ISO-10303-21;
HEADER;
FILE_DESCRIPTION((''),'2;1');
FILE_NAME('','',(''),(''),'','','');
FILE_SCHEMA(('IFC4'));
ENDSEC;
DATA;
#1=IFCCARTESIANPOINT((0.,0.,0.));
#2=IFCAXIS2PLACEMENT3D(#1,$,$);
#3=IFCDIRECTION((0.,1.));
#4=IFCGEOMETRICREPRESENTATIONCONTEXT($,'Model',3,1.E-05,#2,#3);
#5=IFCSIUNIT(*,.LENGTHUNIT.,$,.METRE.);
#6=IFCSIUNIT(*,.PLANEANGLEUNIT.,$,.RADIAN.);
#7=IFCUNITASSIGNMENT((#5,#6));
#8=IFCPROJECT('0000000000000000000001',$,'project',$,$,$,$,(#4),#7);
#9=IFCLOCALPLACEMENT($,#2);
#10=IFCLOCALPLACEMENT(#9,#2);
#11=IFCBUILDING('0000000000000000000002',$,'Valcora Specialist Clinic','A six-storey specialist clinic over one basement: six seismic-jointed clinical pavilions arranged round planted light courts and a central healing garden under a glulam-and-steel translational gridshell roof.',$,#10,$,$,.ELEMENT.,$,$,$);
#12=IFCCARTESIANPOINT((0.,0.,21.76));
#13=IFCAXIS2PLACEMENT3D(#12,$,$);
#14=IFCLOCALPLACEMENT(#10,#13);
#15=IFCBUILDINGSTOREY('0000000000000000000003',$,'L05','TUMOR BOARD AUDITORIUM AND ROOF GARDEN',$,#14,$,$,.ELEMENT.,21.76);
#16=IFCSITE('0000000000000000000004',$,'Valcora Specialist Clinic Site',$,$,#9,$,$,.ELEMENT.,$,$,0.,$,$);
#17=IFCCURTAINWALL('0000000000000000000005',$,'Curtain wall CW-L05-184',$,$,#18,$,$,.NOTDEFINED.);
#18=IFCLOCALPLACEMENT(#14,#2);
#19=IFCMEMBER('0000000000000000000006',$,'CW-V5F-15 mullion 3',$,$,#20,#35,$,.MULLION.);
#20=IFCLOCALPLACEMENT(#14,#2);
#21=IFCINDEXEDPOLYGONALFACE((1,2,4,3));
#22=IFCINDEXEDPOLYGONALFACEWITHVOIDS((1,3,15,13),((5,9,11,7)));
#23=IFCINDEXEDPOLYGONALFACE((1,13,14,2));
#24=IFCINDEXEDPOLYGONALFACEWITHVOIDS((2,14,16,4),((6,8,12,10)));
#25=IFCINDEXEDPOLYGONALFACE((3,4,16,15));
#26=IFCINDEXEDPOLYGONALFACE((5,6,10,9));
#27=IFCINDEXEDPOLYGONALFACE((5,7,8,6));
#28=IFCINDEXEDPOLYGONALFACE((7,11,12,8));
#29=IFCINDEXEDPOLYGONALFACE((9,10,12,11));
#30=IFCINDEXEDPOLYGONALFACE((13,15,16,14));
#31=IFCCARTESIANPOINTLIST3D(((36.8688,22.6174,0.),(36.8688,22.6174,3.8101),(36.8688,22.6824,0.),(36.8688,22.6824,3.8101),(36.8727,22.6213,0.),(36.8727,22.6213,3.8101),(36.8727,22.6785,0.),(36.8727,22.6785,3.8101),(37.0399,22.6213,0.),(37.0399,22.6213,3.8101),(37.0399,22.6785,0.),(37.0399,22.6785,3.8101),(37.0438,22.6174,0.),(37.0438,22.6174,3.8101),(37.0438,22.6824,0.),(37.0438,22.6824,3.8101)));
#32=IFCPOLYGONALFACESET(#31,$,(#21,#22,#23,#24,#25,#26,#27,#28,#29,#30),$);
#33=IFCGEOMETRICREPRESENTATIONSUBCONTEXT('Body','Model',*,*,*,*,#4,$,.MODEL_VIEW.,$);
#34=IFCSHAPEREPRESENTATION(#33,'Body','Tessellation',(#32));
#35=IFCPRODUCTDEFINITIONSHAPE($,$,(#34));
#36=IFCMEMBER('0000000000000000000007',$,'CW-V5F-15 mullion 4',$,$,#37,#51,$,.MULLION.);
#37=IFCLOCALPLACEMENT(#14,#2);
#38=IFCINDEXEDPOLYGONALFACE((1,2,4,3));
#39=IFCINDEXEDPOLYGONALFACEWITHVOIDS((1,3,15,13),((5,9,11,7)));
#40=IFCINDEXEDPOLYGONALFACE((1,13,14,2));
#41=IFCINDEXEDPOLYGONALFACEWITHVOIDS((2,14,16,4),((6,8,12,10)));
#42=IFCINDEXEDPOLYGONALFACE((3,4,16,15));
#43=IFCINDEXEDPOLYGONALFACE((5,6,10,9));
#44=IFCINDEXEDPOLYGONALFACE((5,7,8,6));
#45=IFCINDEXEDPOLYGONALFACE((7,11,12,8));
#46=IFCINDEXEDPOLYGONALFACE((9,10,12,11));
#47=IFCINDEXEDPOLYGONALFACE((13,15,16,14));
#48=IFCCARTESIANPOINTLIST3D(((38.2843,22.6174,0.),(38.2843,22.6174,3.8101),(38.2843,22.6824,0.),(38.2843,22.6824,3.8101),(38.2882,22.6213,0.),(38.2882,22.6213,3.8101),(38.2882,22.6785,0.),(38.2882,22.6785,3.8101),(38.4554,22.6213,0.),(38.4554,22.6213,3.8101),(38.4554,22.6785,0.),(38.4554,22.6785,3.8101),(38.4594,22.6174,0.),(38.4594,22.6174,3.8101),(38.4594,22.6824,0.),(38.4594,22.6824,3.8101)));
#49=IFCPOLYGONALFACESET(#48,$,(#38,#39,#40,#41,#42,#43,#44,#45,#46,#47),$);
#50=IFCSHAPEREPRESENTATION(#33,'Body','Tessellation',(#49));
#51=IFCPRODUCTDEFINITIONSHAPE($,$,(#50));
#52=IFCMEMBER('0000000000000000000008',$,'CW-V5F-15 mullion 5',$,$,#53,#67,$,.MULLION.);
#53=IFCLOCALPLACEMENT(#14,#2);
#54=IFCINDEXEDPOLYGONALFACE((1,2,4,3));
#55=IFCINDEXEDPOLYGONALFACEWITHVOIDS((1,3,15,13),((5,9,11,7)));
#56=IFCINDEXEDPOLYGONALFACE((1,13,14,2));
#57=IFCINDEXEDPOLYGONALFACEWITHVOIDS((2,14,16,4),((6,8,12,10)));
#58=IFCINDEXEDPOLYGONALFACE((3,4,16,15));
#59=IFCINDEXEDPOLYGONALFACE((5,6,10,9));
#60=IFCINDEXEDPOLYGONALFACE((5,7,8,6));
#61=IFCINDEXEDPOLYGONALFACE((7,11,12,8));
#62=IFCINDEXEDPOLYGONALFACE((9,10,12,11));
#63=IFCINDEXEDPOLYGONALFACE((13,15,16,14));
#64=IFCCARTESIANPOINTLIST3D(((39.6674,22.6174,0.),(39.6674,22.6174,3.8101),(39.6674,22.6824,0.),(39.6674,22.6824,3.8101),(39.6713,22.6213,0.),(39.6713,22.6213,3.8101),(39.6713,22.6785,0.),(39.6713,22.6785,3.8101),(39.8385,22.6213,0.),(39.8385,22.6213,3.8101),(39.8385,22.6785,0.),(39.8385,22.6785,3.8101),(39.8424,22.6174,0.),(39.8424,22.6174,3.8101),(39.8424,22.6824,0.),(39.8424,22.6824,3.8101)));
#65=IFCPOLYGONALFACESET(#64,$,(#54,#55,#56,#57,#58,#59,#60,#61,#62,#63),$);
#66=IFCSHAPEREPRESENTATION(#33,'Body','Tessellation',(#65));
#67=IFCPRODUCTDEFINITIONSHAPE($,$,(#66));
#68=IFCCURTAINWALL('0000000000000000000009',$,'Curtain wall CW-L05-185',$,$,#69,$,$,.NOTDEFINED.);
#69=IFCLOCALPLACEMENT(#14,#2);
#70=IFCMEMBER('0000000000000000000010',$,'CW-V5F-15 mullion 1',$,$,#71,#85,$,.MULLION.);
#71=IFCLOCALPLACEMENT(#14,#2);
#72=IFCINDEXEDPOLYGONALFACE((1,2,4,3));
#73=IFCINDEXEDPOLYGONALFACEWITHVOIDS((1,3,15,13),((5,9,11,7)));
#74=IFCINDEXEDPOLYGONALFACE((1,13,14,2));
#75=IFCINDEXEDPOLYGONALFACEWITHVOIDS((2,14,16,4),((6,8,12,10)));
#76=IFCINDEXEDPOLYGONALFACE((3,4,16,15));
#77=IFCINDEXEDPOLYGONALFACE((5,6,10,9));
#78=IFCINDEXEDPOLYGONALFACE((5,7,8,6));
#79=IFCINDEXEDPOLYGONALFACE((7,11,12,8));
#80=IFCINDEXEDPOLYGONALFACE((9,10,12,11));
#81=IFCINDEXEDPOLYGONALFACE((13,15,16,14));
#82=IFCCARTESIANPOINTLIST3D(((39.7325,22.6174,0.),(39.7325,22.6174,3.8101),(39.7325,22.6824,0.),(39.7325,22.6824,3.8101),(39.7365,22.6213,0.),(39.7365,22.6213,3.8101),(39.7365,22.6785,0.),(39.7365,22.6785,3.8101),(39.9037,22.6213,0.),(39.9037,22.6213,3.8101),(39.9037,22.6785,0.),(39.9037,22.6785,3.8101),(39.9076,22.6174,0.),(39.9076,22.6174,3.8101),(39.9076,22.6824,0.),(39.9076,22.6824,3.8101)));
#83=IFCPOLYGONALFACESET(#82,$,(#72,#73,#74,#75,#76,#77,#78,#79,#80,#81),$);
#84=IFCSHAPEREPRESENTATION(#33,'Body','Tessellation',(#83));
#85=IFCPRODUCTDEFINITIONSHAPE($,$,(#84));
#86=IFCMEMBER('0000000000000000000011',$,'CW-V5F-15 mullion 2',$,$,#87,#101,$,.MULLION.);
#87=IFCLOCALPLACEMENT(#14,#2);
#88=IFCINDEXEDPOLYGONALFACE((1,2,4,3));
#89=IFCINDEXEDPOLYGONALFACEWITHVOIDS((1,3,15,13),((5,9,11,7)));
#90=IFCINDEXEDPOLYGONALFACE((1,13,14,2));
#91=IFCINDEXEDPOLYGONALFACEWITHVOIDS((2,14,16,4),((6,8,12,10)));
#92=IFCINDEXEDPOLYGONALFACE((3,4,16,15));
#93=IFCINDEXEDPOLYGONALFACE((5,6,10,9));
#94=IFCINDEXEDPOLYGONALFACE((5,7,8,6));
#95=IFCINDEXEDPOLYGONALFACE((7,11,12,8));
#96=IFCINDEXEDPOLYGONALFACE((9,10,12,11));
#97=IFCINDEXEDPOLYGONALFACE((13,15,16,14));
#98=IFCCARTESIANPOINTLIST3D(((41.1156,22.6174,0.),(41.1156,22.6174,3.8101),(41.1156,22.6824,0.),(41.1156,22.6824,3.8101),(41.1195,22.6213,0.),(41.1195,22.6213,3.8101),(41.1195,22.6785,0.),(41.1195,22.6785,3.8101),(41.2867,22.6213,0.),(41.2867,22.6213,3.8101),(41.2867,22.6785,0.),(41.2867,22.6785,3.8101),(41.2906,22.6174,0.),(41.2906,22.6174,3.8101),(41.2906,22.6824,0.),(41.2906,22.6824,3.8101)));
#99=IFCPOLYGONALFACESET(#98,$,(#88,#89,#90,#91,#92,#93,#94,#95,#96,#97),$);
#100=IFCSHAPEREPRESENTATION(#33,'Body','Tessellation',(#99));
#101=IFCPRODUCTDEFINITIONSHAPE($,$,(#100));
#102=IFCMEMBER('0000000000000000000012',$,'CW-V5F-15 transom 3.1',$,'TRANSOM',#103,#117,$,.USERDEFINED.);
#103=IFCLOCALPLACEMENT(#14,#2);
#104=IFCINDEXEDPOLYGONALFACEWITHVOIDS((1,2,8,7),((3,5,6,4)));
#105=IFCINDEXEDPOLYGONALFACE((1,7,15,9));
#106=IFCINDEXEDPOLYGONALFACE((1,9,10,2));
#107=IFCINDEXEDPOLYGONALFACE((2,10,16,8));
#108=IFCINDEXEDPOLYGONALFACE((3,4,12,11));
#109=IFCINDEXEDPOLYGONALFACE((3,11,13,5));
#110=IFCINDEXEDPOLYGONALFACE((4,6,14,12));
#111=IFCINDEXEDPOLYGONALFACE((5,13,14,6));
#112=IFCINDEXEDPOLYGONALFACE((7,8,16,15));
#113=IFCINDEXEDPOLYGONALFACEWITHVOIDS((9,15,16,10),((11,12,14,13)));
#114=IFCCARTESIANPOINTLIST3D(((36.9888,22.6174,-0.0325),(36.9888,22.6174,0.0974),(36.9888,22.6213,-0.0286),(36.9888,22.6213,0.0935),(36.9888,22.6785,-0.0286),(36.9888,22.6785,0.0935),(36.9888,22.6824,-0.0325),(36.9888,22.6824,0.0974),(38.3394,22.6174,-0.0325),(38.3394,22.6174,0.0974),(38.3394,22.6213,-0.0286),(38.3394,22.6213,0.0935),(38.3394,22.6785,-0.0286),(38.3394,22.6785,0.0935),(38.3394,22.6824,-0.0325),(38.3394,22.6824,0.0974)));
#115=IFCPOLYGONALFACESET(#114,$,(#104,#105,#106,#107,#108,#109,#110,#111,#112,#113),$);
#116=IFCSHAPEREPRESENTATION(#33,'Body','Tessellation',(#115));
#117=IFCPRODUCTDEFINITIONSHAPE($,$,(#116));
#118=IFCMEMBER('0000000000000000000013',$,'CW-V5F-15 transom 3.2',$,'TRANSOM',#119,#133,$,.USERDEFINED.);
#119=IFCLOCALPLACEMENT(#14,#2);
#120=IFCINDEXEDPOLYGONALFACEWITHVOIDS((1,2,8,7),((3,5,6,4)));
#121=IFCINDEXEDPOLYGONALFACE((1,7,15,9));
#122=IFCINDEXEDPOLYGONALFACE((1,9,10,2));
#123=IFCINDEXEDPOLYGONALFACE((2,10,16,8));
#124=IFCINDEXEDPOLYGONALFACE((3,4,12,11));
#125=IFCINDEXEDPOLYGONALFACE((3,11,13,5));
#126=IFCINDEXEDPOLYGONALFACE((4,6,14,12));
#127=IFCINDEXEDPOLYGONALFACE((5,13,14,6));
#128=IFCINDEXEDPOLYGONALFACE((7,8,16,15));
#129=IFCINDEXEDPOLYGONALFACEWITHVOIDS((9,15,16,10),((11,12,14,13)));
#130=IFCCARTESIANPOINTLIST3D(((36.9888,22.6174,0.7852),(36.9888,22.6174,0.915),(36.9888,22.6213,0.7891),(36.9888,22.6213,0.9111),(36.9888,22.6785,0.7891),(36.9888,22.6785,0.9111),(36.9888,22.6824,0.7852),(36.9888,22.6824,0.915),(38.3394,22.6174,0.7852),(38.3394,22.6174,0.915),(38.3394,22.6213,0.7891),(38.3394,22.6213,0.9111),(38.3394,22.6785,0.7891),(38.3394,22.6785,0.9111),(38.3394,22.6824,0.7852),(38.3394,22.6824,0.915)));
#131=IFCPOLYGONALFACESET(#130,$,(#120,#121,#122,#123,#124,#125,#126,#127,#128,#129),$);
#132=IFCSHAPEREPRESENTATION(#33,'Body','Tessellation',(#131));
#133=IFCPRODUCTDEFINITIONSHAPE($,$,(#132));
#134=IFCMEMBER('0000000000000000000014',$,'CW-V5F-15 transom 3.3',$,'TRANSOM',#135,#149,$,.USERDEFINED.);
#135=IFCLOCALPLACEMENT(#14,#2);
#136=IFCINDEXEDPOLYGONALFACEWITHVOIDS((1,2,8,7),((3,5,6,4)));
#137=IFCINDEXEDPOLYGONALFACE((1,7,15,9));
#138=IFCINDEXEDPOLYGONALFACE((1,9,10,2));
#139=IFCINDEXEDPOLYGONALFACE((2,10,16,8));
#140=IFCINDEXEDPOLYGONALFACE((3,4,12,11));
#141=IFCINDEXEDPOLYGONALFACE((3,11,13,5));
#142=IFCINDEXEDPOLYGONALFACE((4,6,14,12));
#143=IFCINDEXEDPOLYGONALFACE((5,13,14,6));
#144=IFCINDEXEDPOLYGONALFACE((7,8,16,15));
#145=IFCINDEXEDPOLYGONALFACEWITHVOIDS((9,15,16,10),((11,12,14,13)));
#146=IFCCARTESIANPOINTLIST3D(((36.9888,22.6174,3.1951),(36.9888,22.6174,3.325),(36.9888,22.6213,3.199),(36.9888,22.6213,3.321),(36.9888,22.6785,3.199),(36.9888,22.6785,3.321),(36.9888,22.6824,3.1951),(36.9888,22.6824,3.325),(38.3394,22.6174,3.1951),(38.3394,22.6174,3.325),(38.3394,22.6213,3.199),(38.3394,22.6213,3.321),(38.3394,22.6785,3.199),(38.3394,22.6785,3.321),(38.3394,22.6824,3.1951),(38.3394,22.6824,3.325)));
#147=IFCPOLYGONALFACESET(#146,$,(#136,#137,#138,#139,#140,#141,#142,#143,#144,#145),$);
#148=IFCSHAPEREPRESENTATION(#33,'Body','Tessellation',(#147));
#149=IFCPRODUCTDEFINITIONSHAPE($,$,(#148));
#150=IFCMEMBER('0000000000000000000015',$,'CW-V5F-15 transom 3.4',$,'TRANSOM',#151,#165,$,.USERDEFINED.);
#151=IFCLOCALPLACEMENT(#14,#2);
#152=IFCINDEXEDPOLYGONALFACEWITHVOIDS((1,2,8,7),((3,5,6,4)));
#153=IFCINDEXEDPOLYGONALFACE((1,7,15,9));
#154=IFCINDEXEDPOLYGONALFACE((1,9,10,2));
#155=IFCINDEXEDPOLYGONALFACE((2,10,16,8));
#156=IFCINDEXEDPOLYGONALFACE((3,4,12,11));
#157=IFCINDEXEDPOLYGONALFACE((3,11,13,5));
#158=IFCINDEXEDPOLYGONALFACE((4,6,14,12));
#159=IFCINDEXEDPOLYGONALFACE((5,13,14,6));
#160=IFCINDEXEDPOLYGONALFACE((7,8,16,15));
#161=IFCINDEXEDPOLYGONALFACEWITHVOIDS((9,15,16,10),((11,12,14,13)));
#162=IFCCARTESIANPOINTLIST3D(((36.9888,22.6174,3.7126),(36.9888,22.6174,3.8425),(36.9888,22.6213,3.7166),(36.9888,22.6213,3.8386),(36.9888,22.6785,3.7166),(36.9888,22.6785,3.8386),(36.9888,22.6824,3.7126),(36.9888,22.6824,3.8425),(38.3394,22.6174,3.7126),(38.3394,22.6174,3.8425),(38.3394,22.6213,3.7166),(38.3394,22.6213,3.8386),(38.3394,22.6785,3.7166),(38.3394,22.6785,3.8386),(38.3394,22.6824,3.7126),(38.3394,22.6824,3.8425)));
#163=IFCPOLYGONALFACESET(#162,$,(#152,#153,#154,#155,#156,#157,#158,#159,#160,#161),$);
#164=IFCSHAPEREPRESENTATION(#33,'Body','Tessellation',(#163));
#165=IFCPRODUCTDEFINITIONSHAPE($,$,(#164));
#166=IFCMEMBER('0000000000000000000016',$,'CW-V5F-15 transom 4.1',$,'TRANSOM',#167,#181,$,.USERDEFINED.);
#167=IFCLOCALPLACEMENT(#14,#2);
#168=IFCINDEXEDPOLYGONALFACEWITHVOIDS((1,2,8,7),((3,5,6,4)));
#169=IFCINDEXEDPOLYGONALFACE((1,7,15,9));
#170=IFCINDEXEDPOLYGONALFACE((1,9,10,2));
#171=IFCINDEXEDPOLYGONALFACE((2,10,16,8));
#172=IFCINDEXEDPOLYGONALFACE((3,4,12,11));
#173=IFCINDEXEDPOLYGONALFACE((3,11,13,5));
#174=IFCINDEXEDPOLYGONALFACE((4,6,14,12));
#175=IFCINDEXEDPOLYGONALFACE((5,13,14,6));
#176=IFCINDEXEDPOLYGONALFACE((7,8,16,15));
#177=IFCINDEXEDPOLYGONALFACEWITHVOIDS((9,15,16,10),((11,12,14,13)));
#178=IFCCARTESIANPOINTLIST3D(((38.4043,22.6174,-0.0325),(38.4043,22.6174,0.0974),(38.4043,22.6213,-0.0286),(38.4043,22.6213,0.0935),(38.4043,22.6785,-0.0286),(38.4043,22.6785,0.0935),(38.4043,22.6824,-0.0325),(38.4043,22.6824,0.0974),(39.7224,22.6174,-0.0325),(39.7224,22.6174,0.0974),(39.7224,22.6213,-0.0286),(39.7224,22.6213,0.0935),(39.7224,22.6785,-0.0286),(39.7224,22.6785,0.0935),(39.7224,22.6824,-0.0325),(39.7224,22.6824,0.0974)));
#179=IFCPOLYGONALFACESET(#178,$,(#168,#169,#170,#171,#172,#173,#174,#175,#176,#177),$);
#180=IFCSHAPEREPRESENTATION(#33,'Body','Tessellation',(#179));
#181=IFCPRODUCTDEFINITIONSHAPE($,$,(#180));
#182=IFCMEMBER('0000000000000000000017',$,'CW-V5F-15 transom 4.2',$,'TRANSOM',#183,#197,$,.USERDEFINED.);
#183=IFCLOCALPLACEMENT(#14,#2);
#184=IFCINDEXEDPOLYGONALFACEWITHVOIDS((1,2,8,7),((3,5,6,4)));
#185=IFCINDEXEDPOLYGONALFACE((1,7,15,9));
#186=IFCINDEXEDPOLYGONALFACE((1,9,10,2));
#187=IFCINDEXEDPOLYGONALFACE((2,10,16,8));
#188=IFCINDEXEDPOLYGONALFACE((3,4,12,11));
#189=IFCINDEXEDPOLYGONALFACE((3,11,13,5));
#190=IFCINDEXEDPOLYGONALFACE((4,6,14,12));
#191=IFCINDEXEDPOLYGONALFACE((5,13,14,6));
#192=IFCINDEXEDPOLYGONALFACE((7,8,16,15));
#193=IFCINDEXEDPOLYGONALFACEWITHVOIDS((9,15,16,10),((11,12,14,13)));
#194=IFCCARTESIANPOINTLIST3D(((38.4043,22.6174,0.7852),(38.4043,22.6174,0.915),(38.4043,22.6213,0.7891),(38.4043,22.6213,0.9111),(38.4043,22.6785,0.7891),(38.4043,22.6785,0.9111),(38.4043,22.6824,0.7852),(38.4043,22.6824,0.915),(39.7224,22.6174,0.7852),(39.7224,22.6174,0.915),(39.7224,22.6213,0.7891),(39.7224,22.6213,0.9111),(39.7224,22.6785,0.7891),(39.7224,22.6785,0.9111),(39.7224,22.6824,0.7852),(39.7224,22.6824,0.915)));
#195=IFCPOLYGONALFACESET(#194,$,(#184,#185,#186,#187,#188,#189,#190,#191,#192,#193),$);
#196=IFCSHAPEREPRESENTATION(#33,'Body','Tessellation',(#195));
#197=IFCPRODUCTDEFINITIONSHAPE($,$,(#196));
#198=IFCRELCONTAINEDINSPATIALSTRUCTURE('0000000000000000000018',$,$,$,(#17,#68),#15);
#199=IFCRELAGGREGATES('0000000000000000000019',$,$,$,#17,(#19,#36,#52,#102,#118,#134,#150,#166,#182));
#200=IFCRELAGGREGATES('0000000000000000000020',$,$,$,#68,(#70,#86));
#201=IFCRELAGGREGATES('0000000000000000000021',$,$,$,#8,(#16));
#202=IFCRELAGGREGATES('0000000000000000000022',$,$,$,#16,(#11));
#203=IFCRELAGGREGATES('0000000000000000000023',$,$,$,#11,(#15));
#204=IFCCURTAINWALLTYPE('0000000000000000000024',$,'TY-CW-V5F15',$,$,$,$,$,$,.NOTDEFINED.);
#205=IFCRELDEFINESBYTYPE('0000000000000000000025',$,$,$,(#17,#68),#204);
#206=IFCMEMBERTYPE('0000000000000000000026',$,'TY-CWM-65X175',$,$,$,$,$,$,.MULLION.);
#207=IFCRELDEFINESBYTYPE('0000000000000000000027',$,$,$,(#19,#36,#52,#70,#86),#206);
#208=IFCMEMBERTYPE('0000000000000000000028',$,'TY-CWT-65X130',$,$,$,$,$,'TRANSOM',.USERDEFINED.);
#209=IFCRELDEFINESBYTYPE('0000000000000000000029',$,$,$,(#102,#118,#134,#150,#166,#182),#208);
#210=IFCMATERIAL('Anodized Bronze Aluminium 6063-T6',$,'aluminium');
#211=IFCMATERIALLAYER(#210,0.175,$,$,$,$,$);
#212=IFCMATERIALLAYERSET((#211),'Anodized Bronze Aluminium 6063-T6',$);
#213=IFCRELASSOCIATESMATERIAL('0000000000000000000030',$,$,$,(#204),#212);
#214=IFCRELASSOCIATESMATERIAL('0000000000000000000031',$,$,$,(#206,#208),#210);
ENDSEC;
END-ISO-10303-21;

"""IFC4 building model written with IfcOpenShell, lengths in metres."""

from ifc_helpers import new_model, si_unit, direction, frame, origin, origin_2d, place, context, subcontext, project, spatial, hollow_rectangle, extrude, material, layer, layer_set, material_profile, profile_set, type_object, element, aggregate, save


model = new_model("IFC4")

# Units and contexts
model_context = context("Model", 3, precision=1e-05, world=origin(), true_north=direction((0.0, 1.0)))
body_context = subcontext(model_context, "Body", "Model", "MODEL_VIEW")
ifc_project = project(units=[si_unit("LENGTHUNIT", "METRE"), si_unit("PLANEANGLEUNIT", "RADIAN")], contexts=[model_context])

# Site, building, storey
site_placement = place(None, origin())
site = spatial("IfcSite", under=ifc_project, at=site_placement, Name="Valcora Specialist Clinic Site", CompositionType="ELEMENT", RefElevation=0.0)
building_placement = place(site_placement, origin())
building = spatial("IfcBuilding", under=site, at=building_placement, Name="Valcora Specialist Clinic", Description="A six-storey specialist clinic over one basement: six seismic-jointed clinical pavilions arranged round planted light courts and a central healing garden under a glulam-and-steel translational gridshell roof.", CompositionType="ELEMENT")
storey_placement = place(building_placement, frame((0.0, 0.0, 21.76)))
storey = spatial("IfcBuildingStorey", under=building, at=storey_placement, Name="L05", Description="TUMOR BOARD AUDITORIUM AND ROOF GARDEN", CompositionType="ELEMENT", Elevation=21.76)

# Curtain walls, members
ifc_material_1 = material(Name="Anodized Bronze Aluminium 6063-T6", Category="aluminium")
ifc_layer_1 = layer(ifc_material_1, 0.175)
ifc_layer_set_1 = layer_set([ifc_layer_1], Name="Anodized Bronze Aluminium 6063-T6")
curtain_wall_type = type_object("IfcCurtainWallType", Name="TY-CW-V5F15", PredefinedType="NOTDEFINED", material=ifc_layer_set_1)
curtain_wall_1_placement = place(storey_placement, origin())
curtain_wall_1 = element("IfcCurtainWall", 1, at=curtain_wall_1_placement, inside=storey, type_object=curtain_wall_type, Name="Curtain wall CW-L05-184", PredefinedType="NOTDEFINED")
ifc_material_profile_1 = material_profile(ifc_material_1, hollow_rectangle(XDim=0.0649, YDim=0.175, WallThickness=0.0039, at=origin_2d()), Name="AL-MUL-65X175")
ifc_profile_set_1 = profile_set([ifc_material_profile_1], Name="Anodized Bronze Aluminium 6063-T6")
member_type_1 = type_object("IfcMemberType", Name="TY-CWM-65X175", PredefinedType="MULLION", material=ifc_profile_set_1)
member_1_placement = place(storey_placement, frame((36.9563, 22.6499, 0.0), z_axis=(0.0, 0.0, 1.0), x_axis=(0.0, 1.0, 0.0)))
member_1 = element("IfcMember", 2, at=member_1_placement, type_object=member_type_1, Name="CW-V5F-15 mullion 3", PredefinedType="MULLION", context=body_context, shape_type="SweptSolid", body=[
    extrude(hollow_rectangle(XDim=0.0649, YDim=0.175, WallThickness=0.0039, at=origin_2d()), origin(), (0.0, 0.0, 1.0), 3.8101),
])
member_2_placement = place(storey_placement, frame((38.3718, 22.6499, 0.0), z_axis=(0.0, 0.0, 1.0), x_axis=(0.0, 1.0, 0.0)))
member_2 = element("IfcMember", 3, at=member_2_placement, type_object=member_type_1, Name="CW-V5F-15 mullion 4", PredefinedType="MULLION", context=body_context, shape_type="SweptSolid", body=[
    extrude(hollow_rectangle(XDim=0.0649, YDim=0.175, WallThickness=0.0039, at=origin_2d()), origin(), (0.0, 0.0, 1.0), 3.8101),
])
member_3_placement = place(storey_placement, frame((39.7549, 22.6499, 0.0), z_axis=(0.0, 0.0, 1.0), x_axis=(0.0, 1.0, 0.0)))
member_3 = element("IfcMember", 4, at=member_3_placement, type_object=member_type_1, Name="CW-V5F-15 mullion 5", PredefinedType="MULLION", context=body_context, shape_type="SweptSolid", body=[
    extrude(hollow_rectangle(XDim=0.0649, YDim=0.175, WallThickness=0.0039, at=origin_2d()), origin(), (0.0, 0.0, 1.0), 3.8101),
])
curtain_wall_2_placement = place(storey_placement, origin())
curtain_wall_2 = element("IfcCurtainWall", 5, at=curtain_wall_2_placement, inside=storey, type_object=curtain_wall_type, Name="Curtain wall CW-L05-185", PredefinedType="NOTDEFINED")
member_4_placement = place(storey_placement, frame((39.8201, 22.6499, 0.0), z_axis=(0.0, 0.0, 1.0), x_axis=(0.0, 1.0, 0.0)))
member_4 = element("IfcMember", 6, at=member_4_placement, type_object=member_type_1, Name="CW-V5F-15 mullion 1", PredefinedType="MULLION", context=body_context, shape_type="SweptSolid", body=[
    extrude(hollow_rectangle(XDim=0.0649, YDim=0.175, WallThickness=0.0039, at=origin_2d()), origin(), (0.0, 0.0, 1.0), 3.8101),
])
member_5_placement = place(storey_placement, frame((41.2031, 22.6499, 0.0), z_axis=(0.0, 0.0, 1.0), x_axis=(0.0, 1.0, 0.0)))
member_5 = element("IfcMember", 7, at=member_5_placement, type_object=member_type_1, Name="CW-V5F-15 mullion 2", PredefinedType="MULLION", context=body_context, shape_type="SweptSolid", body=[
    extrude(hollow_rectangle(XDim=0.0649, YDim=0.175, WallThickness=0.0039, at=origin_2d()), origin(), (0.0, 0.0, 1.0), 3.8101),
])

# Members
ifc_material_profile_2 = material_profile(ifc_material_1, hollow_rectangle(XDim=0.0649, YDim=0.1299, WallThickness=0.0039, at=origin_2d()), Name="AL-TRN-65X130")
ifc_profile_set_2 = profile_set([ifc_material_profile_2], Name="Anodized Bronze Aluminium 6063-T6")
member_type_2 = type_object("IfcMemberType", Name="TY-CWT-65X130", ElementType="TRANSOM", PredefinedType="USERDEFINED", material=ifc_profile_set_2)
member_6_placement = place(storey_placement, frame((36.9888, 22.6499, 0.0325), z_axis=(1.0, 0.0, 0.0), x_axis=(0.0, 1.0, 0.0)))
member_6 = element("IfcMember", 8, at=member_6_placement, type_object=member_type_2, Name="CW-V5F-15 transom 3.1", ObjectType="TRANSOM", PredefinedType="USERDEFINED", context=body_context, shape_type="SweptSolid", body=[
    extrude(hollow_rectangle(XDim=0.0649, YDim=0.1299, WallThickness=0.0039, at=origin_2d()), origin(), (0.0, 0.0, 1.0), 1.3506),
])
member_7_placement = place(storey_placement, frame((36.9888, 22.6499, 0.8501), z_axis=(1.0, 0.0, 0.0), x_axis=(0.0, 1.0, 0.0)))
member_7 = element("IfcMember", 9, at=member_7_placement, type_object=member_type_2, Name="CW-V5F-15 transom 3.2", ObjectType="TRANSOM", PredefinedType="USERDEFINED", context=body_context, shape_type="SweptSolid", body=[
    extrude(hollow_rectangle(XDim=0.0649, YDim=0.1299, WallThickness=0.0039, at=origin_2d()), origin(), (0.0, 0.0, 1.0), 1.3506),
])
member_8_placement = place(storey_placement, frame((36.9888, 22.6499, 3.26), z_axis=(1.0, 0.0, 0.0), x_axis=(0.0, 1.0, 0.0)))
member_8 = element("IfcMember", 10, at=member_8_placement, type_object=member_type_2, Name="CW-V5F-15 transom 3.3", ObjectType="TRANSOM", PredefinedType="USERDEFINED", context=body_context, shape_type="SweptSolid", body=[
    extrude(hollow_rectangle(XDim=0.0649, YDim=0.1299, WallThickness=0.0039, at=origin_2d()), origin(), (0.0, 0.0, 1.0), 1.3506),
])
member_9_placement = place(storey_placement, frame((36.9888, 22.6499, 3.7776), z_axis=(1.0, 0.0, 0.0), x_axis=(0.0, 1.0, 0.0)))
member_9 = element("IfcMember", 11, at=member_9_placement, type_object=member_type_2, Name="CW-V5F-15 transom 3.4", ObjectType="TRANSOM", PredefinedType="USERDEFINED", context=body_context, shape_type="SweptSolid", body=[
    extrude(hollow_rectangle(XDim=0.0649, YDim=0.1299, WallThickness=0.0039, at=origin_2d()), origin(), (0.0, 0.0, 1.0), 1.3506),
])
member_10_placement = place(storey_placement, frame((38.4043, 22.6499, 0.0325), z_axis=(1.0, 0.0, 0.0), x_axis=(0.0, 1.0, 0.0)))
member_10 = element("IfcMember", 12, at=member_10_placement, type_object=member_type_2, Name="CW-V5F-15 transom 4.1", ObjectType="TRANSOM", PredefinedType="USERDEFINED", context=body_context, shape_type="SweptSolid", body=[
    extrude(hollow_rectangle(XDim=0.0649, YDim=0.1299, WallThickness=0.0039, at=origin_2d()), origin(), (0.0, 0.0, 1.0), 1.3181),
])
member_11_placement = place(storey_placement, frame((38.4043, 22.6499, 0.8501), z_axis=(1.0, 0.0, 0.0), x_axis=(0.0, 1.0, 0.0)))
member_11 = element("IfcMember", 13, at=member_11_placement, type_object=member_type_2, Name="CW-V5F-15 transom 4.2", ObjectType="TRANSOM", PredefinedType="USERDEFINED", context=body_context, shape_type="SweptSolid", body=[
    extrude(hollow_rectangle(XDim=0.0649, YDim=0.1299, WallThickness=0.0039, at=origin_2d()), origin(), (0.0, 0.0, 1.0), 1.3181),
])

aggregate(curtain_wall_1, [member_1, member_2, member_3, member_6, member_7, member_8, member_9, member_10, member_11])
aggregate(curtain_wall_2, [member_4, member_5])

save(model, "model.ifc")
